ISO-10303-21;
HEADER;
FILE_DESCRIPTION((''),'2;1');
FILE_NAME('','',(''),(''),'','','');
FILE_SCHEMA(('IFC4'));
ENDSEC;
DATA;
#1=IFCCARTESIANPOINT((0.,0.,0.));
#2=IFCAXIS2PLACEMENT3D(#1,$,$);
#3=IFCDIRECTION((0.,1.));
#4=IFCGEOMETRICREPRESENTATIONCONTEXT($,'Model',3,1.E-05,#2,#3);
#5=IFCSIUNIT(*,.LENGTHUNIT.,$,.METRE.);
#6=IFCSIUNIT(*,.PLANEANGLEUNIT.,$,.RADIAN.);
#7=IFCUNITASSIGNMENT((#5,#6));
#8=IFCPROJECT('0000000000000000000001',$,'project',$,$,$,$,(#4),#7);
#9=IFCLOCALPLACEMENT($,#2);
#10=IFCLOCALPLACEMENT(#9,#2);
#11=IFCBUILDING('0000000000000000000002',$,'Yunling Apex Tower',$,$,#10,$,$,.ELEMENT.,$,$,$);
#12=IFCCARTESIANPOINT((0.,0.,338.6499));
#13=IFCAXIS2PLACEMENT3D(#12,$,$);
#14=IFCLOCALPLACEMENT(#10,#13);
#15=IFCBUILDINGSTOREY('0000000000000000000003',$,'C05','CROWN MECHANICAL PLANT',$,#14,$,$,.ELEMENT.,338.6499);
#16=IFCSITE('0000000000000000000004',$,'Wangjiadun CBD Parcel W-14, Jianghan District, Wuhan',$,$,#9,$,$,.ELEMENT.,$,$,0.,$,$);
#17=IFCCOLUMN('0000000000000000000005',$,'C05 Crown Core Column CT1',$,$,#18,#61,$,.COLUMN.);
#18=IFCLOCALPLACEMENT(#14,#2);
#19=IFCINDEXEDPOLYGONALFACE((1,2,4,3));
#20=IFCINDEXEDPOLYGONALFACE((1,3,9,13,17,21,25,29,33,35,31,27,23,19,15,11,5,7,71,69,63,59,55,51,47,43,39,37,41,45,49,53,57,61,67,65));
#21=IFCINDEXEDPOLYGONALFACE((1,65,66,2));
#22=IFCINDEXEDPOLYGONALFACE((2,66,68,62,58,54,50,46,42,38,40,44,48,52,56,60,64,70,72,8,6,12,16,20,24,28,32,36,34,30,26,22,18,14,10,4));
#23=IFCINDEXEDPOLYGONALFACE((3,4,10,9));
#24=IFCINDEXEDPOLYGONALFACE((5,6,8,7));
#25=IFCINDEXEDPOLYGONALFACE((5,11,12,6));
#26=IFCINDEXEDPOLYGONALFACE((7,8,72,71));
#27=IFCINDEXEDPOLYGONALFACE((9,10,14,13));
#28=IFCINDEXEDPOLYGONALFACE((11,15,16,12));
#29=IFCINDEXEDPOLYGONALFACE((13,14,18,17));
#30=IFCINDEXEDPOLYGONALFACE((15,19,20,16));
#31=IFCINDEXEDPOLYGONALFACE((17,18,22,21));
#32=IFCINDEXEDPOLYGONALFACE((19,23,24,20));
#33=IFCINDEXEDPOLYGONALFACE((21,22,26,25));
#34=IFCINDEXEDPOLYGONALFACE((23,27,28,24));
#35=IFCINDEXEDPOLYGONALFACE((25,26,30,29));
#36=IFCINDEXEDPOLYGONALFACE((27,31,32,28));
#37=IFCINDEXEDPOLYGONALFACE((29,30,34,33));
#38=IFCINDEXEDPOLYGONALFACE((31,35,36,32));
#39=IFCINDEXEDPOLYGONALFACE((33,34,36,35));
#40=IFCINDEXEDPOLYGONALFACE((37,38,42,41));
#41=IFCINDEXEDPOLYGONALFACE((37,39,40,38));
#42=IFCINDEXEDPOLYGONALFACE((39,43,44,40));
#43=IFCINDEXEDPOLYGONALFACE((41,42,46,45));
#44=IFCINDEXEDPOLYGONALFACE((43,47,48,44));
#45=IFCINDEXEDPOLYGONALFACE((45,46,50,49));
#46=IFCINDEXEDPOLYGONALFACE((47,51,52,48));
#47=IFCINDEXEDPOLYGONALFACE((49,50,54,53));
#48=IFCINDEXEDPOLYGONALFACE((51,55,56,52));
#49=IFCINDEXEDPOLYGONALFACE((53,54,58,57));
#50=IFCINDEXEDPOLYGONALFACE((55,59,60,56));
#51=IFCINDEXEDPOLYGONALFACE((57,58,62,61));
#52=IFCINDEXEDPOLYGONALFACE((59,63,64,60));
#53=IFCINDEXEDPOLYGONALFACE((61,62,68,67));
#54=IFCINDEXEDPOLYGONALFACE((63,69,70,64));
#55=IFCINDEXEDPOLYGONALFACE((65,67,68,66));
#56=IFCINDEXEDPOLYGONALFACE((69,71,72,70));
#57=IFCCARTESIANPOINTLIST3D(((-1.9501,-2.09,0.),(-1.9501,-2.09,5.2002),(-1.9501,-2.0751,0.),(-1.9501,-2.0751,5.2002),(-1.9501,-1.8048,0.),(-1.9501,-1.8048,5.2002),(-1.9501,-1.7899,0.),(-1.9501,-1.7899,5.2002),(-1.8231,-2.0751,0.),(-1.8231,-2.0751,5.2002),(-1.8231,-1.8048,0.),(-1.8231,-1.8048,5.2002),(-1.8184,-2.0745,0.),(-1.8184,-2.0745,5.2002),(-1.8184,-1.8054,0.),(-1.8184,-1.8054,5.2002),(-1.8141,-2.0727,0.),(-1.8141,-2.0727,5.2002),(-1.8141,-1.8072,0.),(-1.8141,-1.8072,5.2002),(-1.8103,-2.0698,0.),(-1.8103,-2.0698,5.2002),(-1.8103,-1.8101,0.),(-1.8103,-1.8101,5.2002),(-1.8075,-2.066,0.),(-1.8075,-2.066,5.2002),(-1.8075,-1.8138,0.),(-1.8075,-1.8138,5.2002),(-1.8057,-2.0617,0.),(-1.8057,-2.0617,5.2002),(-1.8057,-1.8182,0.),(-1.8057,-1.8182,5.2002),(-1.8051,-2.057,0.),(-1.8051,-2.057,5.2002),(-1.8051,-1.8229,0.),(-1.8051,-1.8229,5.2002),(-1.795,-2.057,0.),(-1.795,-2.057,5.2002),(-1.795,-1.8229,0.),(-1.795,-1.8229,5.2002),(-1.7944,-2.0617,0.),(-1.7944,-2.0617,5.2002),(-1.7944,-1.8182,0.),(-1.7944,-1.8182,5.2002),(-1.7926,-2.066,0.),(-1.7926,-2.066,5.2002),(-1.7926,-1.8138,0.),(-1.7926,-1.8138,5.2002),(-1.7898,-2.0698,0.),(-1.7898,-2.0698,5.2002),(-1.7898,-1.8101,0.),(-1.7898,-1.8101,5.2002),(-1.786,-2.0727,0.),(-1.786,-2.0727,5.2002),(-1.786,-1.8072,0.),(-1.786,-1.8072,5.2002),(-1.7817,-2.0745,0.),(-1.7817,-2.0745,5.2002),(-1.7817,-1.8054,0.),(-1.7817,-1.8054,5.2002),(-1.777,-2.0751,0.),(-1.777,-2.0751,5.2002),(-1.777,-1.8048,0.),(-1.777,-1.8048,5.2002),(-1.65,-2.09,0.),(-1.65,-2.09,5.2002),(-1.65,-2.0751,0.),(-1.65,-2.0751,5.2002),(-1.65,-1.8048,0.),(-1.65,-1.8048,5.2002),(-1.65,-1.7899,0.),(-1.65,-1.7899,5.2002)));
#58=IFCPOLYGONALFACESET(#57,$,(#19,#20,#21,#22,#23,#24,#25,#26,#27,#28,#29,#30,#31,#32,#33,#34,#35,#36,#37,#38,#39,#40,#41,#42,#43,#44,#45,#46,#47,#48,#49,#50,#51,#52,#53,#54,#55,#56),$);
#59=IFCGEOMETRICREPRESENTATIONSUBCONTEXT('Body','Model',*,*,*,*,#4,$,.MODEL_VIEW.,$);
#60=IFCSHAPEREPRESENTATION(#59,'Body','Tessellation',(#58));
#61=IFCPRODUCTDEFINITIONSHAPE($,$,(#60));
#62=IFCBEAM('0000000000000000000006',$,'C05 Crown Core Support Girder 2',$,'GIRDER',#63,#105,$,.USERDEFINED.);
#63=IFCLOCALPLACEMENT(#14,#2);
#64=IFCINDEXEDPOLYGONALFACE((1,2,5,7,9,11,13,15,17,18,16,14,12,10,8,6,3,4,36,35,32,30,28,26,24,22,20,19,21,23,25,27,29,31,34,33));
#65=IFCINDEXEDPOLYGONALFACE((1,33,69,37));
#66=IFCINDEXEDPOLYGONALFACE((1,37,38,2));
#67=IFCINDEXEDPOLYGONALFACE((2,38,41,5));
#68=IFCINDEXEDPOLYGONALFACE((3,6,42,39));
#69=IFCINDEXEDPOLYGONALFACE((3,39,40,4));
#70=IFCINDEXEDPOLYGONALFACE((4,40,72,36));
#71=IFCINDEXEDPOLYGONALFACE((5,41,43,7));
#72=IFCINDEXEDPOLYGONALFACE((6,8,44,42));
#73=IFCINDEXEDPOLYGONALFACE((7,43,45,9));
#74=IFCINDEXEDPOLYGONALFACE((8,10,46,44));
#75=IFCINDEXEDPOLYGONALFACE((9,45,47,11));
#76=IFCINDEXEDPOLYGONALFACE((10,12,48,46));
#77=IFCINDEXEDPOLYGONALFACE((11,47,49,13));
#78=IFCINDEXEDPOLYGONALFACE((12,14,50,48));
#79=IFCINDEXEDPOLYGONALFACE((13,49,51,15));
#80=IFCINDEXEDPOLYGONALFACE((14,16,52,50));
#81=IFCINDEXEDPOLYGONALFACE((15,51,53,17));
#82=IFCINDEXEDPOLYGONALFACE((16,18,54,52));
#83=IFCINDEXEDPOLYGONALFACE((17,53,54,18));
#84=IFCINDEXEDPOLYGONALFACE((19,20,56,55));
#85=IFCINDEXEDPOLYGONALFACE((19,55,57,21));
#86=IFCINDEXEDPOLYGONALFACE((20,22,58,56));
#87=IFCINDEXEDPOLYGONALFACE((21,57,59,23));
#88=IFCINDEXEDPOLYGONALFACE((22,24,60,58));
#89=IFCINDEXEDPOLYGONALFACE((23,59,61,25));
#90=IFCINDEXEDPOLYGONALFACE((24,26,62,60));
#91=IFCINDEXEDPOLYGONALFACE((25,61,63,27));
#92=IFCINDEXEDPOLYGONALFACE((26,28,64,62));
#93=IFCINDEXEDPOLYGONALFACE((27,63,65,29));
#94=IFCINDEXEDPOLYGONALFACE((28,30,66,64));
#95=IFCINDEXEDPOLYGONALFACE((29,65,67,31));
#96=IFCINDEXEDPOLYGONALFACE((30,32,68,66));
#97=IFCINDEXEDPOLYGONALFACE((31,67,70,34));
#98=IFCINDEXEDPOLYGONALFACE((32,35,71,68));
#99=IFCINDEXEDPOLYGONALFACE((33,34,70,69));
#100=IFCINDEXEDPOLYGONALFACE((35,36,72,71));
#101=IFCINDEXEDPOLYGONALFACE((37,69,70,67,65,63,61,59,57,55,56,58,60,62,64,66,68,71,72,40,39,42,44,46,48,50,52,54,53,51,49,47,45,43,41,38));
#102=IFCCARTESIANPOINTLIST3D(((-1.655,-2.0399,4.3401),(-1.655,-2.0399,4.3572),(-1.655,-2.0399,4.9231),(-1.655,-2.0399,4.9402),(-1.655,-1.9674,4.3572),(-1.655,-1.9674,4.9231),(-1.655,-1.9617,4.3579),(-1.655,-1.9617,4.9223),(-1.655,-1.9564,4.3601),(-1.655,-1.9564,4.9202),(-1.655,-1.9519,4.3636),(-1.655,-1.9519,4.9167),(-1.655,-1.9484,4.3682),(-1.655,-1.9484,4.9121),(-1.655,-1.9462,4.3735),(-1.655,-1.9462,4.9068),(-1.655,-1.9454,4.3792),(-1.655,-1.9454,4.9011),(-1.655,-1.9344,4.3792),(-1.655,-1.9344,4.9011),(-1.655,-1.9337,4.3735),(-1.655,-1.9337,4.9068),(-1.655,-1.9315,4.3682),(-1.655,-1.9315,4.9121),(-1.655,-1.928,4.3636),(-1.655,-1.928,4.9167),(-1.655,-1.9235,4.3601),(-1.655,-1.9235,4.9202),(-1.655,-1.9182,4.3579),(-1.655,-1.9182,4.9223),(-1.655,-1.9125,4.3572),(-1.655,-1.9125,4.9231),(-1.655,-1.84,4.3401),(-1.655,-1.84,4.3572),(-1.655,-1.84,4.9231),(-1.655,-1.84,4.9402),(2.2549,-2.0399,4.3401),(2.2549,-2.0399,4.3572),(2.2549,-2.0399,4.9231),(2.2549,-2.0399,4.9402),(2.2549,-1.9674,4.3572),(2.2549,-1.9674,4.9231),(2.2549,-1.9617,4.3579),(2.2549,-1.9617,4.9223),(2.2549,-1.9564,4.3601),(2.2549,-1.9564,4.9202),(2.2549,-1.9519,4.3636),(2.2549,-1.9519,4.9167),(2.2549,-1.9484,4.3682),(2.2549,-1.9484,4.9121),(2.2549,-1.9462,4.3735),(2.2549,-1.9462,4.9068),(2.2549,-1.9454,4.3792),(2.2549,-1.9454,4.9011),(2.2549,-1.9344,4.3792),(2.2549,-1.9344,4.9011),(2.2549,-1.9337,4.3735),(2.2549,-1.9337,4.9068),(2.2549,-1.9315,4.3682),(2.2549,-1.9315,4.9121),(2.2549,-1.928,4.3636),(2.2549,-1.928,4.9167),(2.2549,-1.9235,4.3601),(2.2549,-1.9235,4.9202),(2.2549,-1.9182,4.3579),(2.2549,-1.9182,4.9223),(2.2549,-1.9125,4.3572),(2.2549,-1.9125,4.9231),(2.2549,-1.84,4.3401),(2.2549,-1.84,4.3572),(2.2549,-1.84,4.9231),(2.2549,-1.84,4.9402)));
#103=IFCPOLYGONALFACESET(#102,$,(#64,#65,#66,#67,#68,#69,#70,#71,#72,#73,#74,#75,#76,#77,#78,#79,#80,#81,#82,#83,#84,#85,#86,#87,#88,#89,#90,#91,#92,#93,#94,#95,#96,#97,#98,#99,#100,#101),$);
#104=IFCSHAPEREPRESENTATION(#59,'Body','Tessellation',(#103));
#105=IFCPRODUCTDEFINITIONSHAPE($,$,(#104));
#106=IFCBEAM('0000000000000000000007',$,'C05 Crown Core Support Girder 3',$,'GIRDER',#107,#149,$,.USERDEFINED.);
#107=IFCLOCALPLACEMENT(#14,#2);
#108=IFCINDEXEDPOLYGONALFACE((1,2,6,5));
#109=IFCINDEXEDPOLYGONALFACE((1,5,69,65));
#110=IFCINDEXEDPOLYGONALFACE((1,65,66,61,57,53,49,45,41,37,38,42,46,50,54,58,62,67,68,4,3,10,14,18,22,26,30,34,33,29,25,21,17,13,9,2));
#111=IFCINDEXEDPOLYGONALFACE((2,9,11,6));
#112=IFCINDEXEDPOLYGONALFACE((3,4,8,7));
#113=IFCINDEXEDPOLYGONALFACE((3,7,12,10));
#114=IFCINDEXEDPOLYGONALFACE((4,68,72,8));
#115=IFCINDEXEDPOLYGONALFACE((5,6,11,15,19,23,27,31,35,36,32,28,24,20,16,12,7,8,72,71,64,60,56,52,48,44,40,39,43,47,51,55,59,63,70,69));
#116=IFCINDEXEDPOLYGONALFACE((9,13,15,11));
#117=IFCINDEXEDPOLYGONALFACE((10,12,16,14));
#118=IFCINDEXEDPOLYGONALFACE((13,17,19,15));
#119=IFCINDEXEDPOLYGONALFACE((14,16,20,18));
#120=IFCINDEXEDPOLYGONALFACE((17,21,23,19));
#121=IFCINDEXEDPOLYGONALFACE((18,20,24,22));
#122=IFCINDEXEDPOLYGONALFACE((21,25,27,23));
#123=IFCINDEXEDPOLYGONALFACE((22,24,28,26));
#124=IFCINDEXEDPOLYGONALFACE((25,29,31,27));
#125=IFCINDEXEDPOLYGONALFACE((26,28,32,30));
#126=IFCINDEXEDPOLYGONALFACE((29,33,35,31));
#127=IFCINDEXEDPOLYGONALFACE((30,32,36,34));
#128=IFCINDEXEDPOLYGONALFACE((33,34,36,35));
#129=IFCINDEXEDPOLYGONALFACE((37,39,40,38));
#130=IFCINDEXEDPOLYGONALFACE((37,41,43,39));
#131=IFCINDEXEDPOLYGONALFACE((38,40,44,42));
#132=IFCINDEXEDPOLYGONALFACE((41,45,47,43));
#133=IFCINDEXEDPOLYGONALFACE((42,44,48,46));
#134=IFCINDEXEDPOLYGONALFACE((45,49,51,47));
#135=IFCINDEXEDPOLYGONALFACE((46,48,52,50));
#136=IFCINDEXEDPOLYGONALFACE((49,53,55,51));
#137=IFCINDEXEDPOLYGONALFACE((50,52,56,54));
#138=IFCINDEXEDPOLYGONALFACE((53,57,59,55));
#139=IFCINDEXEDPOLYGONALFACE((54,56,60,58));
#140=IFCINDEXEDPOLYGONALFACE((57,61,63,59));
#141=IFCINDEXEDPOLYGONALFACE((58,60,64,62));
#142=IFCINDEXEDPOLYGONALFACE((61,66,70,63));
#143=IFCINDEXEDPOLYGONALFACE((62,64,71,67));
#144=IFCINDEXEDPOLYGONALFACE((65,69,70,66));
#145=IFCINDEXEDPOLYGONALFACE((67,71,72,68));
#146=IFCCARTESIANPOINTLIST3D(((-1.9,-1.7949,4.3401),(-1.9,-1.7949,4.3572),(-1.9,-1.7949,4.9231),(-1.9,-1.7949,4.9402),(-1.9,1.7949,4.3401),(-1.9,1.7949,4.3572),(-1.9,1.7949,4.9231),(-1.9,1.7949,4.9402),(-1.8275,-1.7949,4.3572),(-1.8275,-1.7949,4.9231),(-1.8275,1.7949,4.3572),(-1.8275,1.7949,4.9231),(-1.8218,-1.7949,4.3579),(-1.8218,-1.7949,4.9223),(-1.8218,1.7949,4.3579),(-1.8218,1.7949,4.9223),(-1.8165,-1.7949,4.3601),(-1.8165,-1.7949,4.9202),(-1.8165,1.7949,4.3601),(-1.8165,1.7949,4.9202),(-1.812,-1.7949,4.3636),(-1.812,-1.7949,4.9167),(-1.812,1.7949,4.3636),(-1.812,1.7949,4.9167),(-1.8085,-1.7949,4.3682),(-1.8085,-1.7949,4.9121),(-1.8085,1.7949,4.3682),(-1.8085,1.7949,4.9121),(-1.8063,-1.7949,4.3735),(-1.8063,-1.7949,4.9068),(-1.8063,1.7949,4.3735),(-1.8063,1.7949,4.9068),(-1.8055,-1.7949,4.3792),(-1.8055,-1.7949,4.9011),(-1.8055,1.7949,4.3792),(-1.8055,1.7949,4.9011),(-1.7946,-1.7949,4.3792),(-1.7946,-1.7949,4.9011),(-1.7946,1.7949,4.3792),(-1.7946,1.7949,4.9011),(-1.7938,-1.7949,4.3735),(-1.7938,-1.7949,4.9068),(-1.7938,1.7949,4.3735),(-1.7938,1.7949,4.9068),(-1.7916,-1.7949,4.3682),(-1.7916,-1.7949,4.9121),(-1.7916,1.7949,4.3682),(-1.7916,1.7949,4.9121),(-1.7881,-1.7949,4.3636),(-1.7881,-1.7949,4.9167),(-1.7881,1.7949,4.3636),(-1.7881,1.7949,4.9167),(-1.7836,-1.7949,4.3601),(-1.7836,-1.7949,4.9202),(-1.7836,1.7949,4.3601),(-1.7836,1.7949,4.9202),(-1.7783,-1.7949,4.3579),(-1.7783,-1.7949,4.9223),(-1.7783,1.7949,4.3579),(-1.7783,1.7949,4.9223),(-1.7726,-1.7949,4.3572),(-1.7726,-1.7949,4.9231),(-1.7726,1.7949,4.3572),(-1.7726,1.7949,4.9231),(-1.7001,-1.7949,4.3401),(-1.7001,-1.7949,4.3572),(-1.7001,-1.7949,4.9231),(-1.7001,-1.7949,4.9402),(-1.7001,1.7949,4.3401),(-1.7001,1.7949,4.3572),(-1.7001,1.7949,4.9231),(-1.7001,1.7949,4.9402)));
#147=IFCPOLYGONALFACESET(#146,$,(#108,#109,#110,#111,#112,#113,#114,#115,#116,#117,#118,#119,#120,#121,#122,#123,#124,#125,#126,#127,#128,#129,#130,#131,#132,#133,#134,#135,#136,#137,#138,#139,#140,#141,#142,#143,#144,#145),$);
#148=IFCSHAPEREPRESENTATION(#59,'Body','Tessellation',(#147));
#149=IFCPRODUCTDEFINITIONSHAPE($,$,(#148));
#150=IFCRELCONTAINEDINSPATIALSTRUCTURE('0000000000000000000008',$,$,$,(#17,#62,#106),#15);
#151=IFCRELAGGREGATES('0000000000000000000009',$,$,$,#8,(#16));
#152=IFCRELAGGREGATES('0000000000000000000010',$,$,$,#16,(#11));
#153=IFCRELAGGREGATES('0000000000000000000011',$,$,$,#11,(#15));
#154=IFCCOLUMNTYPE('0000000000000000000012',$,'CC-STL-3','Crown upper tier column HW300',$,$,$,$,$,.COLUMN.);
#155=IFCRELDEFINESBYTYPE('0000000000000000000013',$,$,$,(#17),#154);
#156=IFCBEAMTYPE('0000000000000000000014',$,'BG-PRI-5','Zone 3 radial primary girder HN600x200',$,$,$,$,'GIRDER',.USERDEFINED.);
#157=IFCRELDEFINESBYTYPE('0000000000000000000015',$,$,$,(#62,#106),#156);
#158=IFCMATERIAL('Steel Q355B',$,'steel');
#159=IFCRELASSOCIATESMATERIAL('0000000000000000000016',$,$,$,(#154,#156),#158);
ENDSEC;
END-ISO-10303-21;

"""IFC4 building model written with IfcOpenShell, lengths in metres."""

from ifc_helpers import new_model, si_unit, direction, frame, origin, origin_2d, place, context, subcontext, project, spatial, i_section, extrude, source, transform, mapped, material, material_profile, profile_set, type_object, element, save


model = new_model("IFC4")

# Units and contexts
model_context = context("Model", 3, precision=1e-05, world=origin(), true_north=direction((0.0, 1.0)))
body_context = subcontext(model_context, "Body", "Model", "MODEL_VIEW")
ifc_project = project(units=[si_unit("LENGTHUNIT", "METRE"), si_unit("PLANEANGLEUNIT", "RADIAN")], contexts=[model_context])

# Site, building, storey
site_placement = place(None, origin())
site = spatial("IfcSite", under=ifc_project, at=site_placement, Name="Wangjiadun CBD Parcel W-14, Jianghan District, Wuhan", CompositionType="ELEMENT", RefElevation=0.0)
building_placement = place(site_placement, origin())
building = spatial("IfcBuilding", under=site, at=building_placement, Name="Yunling Apex Tower", CompositionType="ELEMENT")
storey_placement = place(building_placement, frame((0.0, 0.0, 338.6499)))
storey = spatial("IfcBuildingStorey", under=building, at=storey_placement, Name="C05", Description="CROWN MECHANICAL PLANT", CompositionType="ELEMENT", Elevation=338.6499)

# Column
ifc_material_1 = material(Name="Steel Q355B", Category="steel")
ifc_material_profile_1 = material_profile(ifc_material_1, i_section(OverallWidth=0.3, OverallDepth=0.3, WebThickness=0.01, FlangeThickness=0.0149, FilletRadius=0.0181, at=origin_2d()))
ifc_profile_set_1 = profile_set([ifc_material_profile_1], Name="Steel Q355B")
column_type = type_object("IfcColumnType", Name="CC-STL-3", Description="Crown upper tier column HW300", PredefinedType="COLUMN", material=ifc_profile_set_1)
shared_shape_1 = source(origin(), body_context, "Body", "SweptSolid", [
    extrude(i_section(OverallWidth=0.3, OverallDepth=0.3, WebThickness=0.01, FlangeThickness=0.0149, FilletRadius=0.0181, at=origin_2d()), origin(), (0.0, 0.0, 1.0), 5.2002),
])
column_placement = place(storey_placement, frame((-1.8, -1.9399, 0.0), z_axis=(0.0, 0.0, 1.0), x_axis=(1.0, 0.0, 0.0)))
element("IfcColumn", 1, at=column_placement, inside=storey, type_object=column_type, Name="C05 Crown Core Column CT1", PredefinedType="COLUMN", context=body_context, shape_type="MappedRepresentation", body=[
    mapped(shared_shape_1, transform((0.0, 0.0, 0.0), scale=1.0)),
])

# Beams
ifc_material_profile_2 = material_profile(ifc_material_1, i_section(OverallWidth=0.2, OverallDepth=0.6001, WebThickness=0.011, FlangeThickness=0.0171, FilletRadius=0.022, at=origin_2d()))
ifc_profile_set_2 = profile_set([ifc_material_profile_2], Name="Steel Q355B")
beam_type = type_object("IfcBeamType", Name="BG-PRI-5", Description="Zone 3 radial primary girder HN600x200", ElementType="GIRDER", PredefinedType="USERDEFINED", material=ifc_profile_set_2)
shared_shape_2 = source(origin(), body_context, "Body", "SweptSolid", [
    extrude(i_section(OverallWidth=0.2, OverallDepth=0.6001, WebThickness=0.011, FlangeThickness=0.0171, FilletRadius=0.022, at=origin_2d()), origin(), (0.0, 0.0, 1.0), 3.9099),
])
beam_1_placement = place(storey_placement, frame((-1.655, -1.9399, 4.6401), z_axis=(1.0, 0.0, 0.0), x_axis=(0.0, 1.0, 0.0)))
element("IfcBeam", 2, at=beam_1_placement, inside=storey, type_object=beam_type, Name="C05 Crown Core Support Girder 2", ObjectType="GIRDER", PredefinedType="USERDEFINED", context=body_context, shape_type="MappedRepresentation", body=[
    mapped(shared_shape_2, transform((0.0, 0.0, 0.0), scale=1.0)),
])
shared_shape_3 = source(origin(), body_context, "Body", "SweptSolid", [
    extrude(i_section(OverallWidth=0.2, OverallDepth=0.6001, WebThickness=0.011, FlangeThickness=0.0171, FilletRadius=0.022, at=origin_2d()), origin(), (0.0, 0.0, 1.0), 3.5898),
])
beam_2_placement = place(storey_placement, frame((-1.8, -1.7949, 4.6401), z_axis=(0.0, 1.0, 0.0), x_axis=(-1.0, 0.0, 0.0)))
element("IfcBeam", 3, at=beam_2_placement, inside=storey, type_object=beam_type, Name="C05 Crown Core Support Girder 3", ObjectType="GIRDER", PredefinedType="USERDEFINED", context=body_context, shape_type="MappedRepresentation", body=[
    mapped(shared_shape_3, transform((0.0, 0.0, 0.0), scale=1.0)),
])

save(model, "model.ifc")
